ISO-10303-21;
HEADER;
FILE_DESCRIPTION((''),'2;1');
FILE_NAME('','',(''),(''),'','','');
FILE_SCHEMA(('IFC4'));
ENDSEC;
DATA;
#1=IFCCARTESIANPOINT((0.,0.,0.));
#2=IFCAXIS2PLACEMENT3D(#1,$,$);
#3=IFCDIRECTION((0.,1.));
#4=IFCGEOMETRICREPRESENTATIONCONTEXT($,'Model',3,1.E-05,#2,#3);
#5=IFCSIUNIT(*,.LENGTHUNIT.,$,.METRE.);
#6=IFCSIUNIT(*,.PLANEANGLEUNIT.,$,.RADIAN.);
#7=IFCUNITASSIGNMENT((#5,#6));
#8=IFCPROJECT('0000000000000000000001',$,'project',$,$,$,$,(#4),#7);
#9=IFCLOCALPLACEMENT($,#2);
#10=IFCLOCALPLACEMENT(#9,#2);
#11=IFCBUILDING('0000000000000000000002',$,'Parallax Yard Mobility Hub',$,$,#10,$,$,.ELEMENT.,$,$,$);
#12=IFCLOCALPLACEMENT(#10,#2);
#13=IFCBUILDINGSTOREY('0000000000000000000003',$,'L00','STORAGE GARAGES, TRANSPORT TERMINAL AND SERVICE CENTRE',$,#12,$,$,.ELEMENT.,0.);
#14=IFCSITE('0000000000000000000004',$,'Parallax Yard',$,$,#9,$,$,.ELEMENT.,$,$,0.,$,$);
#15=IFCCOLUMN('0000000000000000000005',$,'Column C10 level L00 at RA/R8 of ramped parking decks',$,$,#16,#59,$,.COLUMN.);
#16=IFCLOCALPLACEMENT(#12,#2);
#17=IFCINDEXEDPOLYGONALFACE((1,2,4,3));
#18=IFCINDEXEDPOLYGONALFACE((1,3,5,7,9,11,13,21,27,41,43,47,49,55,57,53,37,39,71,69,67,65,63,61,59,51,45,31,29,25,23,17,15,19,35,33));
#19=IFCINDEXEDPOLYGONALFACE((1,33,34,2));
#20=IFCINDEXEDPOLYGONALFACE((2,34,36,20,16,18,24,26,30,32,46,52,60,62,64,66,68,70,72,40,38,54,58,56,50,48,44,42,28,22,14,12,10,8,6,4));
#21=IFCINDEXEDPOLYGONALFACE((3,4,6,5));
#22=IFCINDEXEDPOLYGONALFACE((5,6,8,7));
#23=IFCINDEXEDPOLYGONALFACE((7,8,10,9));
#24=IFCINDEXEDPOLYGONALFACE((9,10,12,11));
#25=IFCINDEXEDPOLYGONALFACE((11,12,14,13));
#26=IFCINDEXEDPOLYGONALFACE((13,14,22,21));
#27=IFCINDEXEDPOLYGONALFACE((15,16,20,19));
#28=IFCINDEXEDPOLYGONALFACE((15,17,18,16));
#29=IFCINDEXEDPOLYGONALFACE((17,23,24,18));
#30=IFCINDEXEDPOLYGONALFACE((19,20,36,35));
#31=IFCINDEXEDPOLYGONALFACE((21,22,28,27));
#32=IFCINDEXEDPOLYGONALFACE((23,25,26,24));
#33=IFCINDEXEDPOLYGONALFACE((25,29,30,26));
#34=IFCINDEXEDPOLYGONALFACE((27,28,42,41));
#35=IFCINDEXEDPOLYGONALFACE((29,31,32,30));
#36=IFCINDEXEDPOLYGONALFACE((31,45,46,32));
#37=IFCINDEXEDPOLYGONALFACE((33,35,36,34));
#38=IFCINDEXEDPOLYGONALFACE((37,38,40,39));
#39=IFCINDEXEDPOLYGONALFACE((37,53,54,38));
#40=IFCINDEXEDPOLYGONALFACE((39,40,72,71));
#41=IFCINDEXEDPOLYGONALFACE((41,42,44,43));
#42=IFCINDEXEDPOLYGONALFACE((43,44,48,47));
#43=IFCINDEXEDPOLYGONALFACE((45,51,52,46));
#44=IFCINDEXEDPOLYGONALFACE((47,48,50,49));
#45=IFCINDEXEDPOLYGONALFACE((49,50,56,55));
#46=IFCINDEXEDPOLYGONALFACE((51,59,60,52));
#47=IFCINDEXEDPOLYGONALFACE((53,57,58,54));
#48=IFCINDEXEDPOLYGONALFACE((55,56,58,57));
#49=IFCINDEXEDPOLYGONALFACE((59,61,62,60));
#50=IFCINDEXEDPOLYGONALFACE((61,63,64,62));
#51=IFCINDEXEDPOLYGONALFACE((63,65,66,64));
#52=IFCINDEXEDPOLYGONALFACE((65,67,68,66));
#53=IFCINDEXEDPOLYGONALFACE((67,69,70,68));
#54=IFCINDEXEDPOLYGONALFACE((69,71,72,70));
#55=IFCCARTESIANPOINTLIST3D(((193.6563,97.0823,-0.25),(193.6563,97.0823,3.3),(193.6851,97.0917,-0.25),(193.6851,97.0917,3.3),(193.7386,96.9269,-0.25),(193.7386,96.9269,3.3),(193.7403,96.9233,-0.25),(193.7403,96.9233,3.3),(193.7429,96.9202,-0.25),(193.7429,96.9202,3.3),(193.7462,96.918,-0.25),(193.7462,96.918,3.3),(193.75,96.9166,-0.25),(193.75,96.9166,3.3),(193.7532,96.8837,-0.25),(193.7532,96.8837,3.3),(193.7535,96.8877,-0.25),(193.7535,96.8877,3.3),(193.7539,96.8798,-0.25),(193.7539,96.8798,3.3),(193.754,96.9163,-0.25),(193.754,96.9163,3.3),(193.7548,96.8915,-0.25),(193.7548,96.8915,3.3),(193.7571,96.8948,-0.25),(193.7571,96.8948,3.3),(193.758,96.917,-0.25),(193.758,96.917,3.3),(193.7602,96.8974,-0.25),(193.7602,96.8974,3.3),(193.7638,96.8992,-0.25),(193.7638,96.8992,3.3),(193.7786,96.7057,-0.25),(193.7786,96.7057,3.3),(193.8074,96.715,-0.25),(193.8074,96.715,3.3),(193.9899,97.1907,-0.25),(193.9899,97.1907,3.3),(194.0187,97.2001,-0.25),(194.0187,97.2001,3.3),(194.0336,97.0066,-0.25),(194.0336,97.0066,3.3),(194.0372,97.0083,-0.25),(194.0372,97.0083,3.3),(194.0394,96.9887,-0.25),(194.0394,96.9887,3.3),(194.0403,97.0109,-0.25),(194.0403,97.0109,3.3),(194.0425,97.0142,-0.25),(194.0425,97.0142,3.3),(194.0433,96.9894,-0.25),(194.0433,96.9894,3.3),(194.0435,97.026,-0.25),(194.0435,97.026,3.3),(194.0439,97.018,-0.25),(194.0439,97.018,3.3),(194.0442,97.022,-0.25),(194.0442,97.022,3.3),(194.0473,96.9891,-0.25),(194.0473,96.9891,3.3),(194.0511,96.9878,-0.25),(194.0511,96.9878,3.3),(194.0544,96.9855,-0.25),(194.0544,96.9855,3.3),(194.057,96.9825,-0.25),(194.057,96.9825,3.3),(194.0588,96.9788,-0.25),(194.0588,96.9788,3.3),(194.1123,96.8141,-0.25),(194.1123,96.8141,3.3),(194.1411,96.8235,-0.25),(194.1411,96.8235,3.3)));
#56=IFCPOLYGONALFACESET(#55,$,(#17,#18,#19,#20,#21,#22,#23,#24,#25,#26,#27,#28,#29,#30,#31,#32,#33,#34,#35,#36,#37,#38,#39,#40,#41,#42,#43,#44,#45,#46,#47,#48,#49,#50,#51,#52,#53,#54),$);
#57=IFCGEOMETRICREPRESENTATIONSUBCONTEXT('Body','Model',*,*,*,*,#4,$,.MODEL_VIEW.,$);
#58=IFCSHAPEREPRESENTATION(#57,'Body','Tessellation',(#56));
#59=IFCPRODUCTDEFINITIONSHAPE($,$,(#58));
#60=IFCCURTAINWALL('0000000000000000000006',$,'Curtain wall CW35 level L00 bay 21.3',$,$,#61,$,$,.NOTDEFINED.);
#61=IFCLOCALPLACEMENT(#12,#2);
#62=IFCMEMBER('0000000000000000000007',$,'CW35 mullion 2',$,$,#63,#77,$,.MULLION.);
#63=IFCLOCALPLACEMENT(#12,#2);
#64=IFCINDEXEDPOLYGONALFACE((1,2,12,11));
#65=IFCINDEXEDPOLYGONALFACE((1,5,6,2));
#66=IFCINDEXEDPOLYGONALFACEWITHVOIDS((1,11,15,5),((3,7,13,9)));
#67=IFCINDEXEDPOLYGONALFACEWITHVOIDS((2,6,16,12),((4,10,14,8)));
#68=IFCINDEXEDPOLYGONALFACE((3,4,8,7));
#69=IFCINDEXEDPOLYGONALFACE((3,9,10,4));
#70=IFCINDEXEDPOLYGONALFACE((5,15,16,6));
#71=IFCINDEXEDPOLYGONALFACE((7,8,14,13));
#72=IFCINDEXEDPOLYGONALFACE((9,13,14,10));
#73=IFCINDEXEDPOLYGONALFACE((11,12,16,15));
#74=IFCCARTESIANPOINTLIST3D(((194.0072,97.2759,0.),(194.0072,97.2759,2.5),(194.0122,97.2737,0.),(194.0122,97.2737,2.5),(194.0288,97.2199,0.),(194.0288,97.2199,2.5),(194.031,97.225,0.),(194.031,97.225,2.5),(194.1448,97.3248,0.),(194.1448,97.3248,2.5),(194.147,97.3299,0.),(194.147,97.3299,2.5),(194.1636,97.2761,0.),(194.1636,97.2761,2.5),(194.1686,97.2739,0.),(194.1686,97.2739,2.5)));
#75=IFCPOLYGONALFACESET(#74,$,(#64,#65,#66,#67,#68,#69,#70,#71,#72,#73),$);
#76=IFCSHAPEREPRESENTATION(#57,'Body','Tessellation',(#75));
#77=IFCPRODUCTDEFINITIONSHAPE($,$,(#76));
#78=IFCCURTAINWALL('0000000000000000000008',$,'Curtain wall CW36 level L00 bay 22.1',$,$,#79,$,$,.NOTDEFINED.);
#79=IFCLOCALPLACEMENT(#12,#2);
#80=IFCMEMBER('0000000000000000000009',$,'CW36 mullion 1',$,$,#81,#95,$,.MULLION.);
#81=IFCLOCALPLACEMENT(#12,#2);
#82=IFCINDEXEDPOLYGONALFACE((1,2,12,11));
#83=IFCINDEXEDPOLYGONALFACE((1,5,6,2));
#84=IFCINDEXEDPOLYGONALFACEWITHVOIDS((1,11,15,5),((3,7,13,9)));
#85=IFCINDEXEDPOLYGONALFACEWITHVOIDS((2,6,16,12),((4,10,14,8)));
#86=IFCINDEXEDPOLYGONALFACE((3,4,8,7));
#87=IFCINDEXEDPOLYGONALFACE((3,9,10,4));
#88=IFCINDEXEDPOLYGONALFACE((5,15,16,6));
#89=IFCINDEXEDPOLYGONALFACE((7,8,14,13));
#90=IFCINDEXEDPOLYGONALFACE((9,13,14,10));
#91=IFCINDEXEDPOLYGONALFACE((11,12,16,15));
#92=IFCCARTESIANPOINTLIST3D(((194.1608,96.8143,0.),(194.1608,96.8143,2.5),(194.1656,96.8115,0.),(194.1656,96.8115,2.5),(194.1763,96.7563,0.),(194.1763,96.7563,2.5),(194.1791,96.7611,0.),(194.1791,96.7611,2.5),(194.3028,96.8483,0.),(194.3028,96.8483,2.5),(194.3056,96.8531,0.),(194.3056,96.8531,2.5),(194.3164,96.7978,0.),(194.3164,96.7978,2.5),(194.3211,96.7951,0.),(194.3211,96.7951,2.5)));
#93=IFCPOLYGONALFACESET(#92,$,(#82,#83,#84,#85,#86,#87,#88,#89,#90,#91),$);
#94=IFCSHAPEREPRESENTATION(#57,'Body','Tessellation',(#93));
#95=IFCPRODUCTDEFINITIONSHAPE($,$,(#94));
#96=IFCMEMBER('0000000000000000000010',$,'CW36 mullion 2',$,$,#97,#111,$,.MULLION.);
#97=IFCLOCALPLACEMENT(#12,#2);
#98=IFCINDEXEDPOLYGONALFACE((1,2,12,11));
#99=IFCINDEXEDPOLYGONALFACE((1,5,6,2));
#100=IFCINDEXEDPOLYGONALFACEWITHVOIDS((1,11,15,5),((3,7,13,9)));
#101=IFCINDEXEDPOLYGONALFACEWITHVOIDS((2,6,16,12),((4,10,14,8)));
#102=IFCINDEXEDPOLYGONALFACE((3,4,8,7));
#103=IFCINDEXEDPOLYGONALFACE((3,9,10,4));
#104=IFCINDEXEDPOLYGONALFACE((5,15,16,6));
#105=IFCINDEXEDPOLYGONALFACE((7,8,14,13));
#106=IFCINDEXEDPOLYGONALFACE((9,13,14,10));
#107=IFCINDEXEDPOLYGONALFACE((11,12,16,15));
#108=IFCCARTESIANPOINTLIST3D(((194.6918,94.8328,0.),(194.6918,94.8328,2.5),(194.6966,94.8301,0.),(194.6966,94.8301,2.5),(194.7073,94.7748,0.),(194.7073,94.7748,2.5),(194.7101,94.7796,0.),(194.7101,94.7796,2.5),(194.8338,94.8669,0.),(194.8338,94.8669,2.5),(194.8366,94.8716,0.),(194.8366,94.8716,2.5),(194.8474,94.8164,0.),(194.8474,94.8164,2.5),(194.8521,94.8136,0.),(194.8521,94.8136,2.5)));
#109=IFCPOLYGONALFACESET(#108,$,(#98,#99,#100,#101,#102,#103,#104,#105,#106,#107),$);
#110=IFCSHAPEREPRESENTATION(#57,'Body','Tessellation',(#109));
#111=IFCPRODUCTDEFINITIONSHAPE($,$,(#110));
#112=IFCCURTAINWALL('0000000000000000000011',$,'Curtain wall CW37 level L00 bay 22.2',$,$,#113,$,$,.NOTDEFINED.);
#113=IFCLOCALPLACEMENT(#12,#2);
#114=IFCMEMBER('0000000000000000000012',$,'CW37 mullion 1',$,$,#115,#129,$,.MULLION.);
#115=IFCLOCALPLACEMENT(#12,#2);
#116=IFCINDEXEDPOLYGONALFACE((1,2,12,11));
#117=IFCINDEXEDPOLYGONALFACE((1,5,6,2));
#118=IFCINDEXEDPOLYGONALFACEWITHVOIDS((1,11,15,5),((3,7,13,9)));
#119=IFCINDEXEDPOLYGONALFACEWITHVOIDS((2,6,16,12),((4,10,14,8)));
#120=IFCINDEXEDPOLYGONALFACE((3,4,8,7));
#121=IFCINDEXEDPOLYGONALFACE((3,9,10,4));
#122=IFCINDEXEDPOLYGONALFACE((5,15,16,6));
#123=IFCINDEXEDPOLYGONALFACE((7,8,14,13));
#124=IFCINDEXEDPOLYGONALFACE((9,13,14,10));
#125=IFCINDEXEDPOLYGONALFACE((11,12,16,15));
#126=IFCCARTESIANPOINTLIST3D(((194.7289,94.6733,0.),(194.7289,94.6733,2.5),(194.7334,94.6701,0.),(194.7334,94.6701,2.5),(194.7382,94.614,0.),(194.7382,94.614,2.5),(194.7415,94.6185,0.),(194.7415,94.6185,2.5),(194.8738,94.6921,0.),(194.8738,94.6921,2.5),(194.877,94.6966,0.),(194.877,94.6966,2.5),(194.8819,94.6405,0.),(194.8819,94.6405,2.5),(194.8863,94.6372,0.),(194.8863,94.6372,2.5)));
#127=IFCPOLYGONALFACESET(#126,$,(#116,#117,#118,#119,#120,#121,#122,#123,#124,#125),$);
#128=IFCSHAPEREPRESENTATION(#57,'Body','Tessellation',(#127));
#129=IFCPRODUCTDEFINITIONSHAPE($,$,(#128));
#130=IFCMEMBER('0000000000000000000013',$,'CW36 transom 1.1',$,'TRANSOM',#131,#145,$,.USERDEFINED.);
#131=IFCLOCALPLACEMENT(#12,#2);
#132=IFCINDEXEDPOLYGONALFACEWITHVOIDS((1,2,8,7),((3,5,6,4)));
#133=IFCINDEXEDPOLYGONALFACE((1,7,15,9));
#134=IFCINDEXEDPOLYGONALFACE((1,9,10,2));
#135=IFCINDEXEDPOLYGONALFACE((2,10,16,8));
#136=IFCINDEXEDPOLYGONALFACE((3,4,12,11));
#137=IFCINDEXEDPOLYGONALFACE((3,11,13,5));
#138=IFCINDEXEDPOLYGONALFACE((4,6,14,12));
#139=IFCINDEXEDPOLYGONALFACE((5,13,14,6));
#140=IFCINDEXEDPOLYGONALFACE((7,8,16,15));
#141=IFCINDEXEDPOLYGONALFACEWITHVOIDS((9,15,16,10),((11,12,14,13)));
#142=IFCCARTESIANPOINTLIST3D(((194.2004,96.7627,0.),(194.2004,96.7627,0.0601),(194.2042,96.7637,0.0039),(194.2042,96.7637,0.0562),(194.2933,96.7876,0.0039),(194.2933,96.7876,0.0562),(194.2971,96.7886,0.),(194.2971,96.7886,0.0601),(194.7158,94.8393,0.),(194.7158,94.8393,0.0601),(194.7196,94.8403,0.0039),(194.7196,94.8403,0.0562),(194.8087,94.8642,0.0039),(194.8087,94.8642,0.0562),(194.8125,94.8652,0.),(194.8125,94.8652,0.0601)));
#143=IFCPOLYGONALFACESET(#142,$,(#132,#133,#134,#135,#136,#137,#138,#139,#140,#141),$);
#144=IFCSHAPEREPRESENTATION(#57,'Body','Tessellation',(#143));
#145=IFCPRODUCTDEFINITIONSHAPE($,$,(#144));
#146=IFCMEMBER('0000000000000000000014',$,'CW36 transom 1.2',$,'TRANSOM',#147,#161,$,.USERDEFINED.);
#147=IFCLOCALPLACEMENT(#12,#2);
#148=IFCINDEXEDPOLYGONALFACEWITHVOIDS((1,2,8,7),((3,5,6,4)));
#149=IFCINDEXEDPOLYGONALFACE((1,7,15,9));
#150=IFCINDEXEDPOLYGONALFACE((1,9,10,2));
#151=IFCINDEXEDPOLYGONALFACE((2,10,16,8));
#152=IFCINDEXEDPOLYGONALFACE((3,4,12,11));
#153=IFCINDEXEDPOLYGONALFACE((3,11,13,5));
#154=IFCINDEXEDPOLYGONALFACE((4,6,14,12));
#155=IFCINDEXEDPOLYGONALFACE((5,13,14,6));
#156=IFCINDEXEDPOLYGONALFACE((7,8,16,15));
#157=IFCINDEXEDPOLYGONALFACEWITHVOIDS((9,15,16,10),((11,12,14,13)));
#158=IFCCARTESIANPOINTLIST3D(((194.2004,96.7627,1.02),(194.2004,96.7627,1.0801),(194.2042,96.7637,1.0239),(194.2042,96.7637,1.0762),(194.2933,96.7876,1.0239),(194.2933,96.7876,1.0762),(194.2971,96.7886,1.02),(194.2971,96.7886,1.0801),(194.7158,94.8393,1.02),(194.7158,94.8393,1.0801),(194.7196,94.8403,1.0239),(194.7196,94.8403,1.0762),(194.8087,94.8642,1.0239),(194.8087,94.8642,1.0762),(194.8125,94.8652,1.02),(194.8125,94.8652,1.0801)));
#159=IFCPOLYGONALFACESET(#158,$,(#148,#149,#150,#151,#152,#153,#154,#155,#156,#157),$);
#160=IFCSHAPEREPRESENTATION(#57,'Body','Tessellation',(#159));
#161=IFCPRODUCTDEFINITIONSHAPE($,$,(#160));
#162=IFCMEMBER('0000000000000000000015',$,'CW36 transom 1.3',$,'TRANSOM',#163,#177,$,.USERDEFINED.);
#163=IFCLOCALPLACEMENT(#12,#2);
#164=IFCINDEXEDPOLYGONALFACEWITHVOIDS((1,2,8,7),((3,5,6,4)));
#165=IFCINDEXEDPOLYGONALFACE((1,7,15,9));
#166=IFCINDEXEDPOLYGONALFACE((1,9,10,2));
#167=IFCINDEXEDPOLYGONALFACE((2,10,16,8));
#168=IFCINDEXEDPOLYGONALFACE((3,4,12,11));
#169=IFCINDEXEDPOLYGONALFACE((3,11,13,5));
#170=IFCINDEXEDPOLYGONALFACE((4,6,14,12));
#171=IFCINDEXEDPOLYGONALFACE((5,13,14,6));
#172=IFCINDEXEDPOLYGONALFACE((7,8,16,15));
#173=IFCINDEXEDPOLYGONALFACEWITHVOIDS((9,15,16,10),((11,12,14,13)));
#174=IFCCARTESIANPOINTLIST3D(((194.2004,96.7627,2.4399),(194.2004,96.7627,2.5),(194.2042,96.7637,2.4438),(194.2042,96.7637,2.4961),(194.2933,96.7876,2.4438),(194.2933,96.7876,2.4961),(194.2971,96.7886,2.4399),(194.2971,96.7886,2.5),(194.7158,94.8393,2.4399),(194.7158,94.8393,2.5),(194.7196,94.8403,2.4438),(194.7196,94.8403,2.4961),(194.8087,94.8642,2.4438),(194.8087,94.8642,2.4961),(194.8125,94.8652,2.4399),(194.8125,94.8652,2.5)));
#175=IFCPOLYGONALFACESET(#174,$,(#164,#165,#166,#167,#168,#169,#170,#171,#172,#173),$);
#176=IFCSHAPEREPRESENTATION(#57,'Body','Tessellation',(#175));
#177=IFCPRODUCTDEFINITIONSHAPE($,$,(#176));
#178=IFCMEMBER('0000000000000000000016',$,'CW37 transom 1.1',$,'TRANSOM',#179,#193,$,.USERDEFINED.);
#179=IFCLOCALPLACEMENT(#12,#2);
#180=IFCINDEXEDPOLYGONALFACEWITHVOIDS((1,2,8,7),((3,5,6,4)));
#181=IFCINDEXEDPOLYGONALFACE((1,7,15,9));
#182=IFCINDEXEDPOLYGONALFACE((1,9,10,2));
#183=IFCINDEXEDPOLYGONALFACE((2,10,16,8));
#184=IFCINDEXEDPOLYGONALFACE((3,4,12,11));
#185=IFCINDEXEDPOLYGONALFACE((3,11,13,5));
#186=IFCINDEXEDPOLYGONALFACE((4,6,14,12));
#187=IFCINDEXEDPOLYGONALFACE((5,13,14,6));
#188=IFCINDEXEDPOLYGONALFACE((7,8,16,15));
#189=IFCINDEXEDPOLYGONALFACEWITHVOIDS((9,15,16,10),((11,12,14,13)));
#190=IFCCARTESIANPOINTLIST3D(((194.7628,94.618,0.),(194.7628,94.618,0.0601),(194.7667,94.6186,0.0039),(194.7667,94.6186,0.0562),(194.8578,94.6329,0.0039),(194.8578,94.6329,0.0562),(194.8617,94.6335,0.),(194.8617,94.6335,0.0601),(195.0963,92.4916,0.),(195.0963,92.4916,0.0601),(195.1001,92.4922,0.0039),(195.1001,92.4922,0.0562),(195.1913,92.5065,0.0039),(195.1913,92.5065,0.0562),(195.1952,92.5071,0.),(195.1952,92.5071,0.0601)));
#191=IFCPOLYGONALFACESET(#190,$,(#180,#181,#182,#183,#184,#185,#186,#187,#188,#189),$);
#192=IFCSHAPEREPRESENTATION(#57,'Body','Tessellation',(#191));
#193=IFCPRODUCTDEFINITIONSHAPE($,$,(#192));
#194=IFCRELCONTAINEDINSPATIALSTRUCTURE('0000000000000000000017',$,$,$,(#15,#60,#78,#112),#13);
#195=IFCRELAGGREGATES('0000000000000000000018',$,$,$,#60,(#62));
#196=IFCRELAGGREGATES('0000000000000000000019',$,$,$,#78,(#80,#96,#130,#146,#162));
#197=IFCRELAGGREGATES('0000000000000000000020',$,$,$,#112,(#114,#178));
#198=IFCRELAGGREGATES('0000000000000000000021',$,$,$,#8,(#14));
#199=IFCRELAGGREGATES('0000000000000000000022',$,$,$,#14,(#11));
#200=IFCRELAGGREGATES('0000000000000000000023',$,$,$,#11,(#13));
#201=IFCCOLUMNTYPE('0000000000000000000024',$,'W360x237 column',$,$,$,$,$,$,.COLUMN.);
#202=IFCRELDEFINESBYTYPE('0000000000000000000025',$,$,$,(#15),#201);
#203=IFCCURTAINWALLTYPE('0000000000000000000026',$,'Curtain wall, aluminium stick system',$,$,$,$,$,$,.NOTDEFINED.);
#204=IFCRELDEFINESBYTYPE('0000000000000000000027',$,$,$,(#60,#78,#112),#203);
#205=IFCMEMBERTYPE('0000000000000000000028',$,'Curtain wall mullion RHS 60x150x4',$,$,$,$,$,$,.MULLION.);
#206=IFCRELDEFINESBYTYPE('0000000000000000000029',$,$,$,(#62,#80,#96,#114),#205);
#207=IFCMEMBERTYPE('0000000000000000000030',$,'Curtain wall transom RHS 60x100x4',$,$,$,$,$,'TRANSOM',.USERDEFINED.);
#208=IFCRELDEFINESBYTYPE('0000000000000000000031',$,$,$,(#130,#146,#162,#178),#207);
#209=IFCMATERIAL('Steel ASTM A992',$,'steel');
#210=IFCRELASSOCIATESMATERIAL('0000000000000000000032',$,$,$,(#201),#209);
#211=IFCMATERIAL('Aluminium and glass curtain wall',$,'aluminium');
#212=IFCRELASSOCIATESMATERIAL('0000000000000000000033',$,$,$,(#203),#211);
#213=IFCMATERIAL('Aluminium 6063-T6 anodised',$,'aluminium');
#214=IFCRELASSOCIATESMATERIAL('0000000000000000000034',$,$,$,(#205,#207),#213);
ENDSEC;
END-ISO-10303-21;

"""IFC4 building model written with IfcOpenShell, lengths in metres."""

from ifc_helpers import new_model, si_unit, direction, frame, origin, origin_2d, place, context, subcontext, project, spatial, hollow_rectangle, i_section, extrude, material, material_profile, profile_set, type_object, element, aggregate, save


model = new_model("IFC4")

# Units and contexts
model_context = context("Model", 3, precision=1e-05, world=origin(), true_north=direction((0.0, 1.0)))
body_context = subcontext(model_context, "Body", "Model", "MODEL_VIEW")
ifc_project = project(units=[si_unit("LENGTHUNIT", "METRE"), si_unit("PLANEANGLEUNIT", "RADIAN")], contexts=[model_context])

# Site, building, storey
site_placement = place(None, origin())
site = spatial("IfcSite", under=ifc_project, at=site_placement, Name="Parallax Yard", CompositionType="ELEMENT", RefElevation=0.0)
building_placement = place(site_placement, origin())
building = spatial("IfcBuilding", under=site, at=building_placement, Name="Parallax Yard Mobility Hub", CompositionType="ELEMENT")
storey_placement = place(building_placement, origin())
storey = spatial("IfcBuildingStorey", under=building, at=storey_placement, Name="L00", Description="STORAGE GARAGES, TRANSPORT TERMINAL AND SERVICE CENTRE", CompositionType="ELEMENT", Elevation=0.0)

# Column
ifc_material_1 = material(Name="Steel ASTM A992", Category="steel")
ifc_material_profile_1 = material_profile(ifc_material_1, i_section(OverallWidth=0.396, OverallDepth=0.3811, WebThickness=0.0188, FlangeThickness=0.0303, FilletRadius=0.0154, at=origin_2d()), Name="W360x237")
ifc_profile_set_1 = profile_set([ifc_material_profile_1], Name="Steel ASTM A992")
column_type_1 = type_object("IfcColumnType", Name="W360x237 column", PredefinedType="COLUMN", material=ifc_profile_set_1)
column_1_placement = place(storey_placement, frame((193.8987, 96.9529, -0.25), z_axis=(0.0, 0.0, 1.0), x_axis=(-0.309017, 0.951057, 0.0)))
element("IfcColumn", 1, at=column_1_placement, inside=storey, type_object=column_type_1, Name="Column C10 level L00 at RA/R8 of ramped parking decks", PredefinedType="COLUMN", context=body_context, shape_type="SweptSolid", body=[
    extrude(i_section(OverallWidth=0.396, OverallDepth=0.3811, WebThickness=0.0188, FlangeThickness=0.0303, FilletRadius=0.0154, at=origin_2d()), origin(), (0.0, 0.0, 1.0), 3.55),
])

# Curtain wall, member
ifc_material_2 = material(Name="Aluminium and glass curtain wall", Category="aluminium")
curtain_wall_type = type_object("IfcCurtainWallType", Name="Curtain wall, aluminium stick system", PredefinedType="NOTDEFINED", material=ifc_material_2)
curtain_wall_1_placement = place(storey_placement, origin())
curtain_wall_1 = element("IfcCurtainWall", 2, at=curtain_wall_1_placement, inside=storey, type_object=curtain_wall_type, Name="Curtain wall CW35 level L00 bay 21.3", PredefinedType="NOTDEFINED")
ifc_material_3 = material(Name="Aluminium 6063-T6 anodised", Category="aluminium")
ifc_material_profile_2 = material_profile(ifc_material_3, hollow_rectangle(XDim=0.1499, YDim=0.0601, WallThickness=0.0039, at=origin_2d()), Name="RHS 60x150x4")
ifc_profile_set_2 = profile_set([ifc_material_profile_2], Name="Aluminium 6063-T6 anodised")
member_type_1 = type_object("IfcMemberType", Name="Curtain wall mullion RHS 60x150x4", PredefinedType="MULLION", material=ifc_profile_set_2)
member_1_placement = place(storey_placement, frame((194.0879, 97.2749, 0.0), z_axis=(0.0, 0.0, 1.0), x_axis=(0.932984, 0.359918, 0.0)))
member_1 = element("IfcMember", 3, at=member_1_placement, type_object=member_type_1, Name="CW35 mullion 2", PredefinedType="MULLION", context=body_context, shape_type="SweptSolid", body=[
    extrude(hollow_rectangle(XDim=0.1499, YDim=0.0601, WallThickness=0.0039, at=origin_2d()), origin(), (0.0, 0.0, 1.0), 2.5),
])

# Curtain wall, members
curtain_wall_2_placement = place(storey_placement, origin())
curtain_wall_2 = element("IfcCurtainWall", 4, at=curtain_wall_2_placement, inside=storey, type_object=curtain_wall_type, Name="Curtain wall CW36 level L00 bay 22.1", PredefinedType="NOTDEFINED")
member_2_placement = place(storey_placement, frame((194.241, 96.8047, 0.0), z_axis=(0.0, 0.0, 1.0), x_axis=(0.965921, 0.258839, 0.0)))
member_2 = element("IfcMember", 5, at=member_2_placement, type_object=member_type_1, Name="CW36 mullion 1", PredefinedType="MULLION", context=body_context, shape_type="SweptSolid", body=[
    extrude(hollow_rectangle(XDim=0.1499, YDim=0.0601, WallThickness=0.0039, at=origin_2d()), origin(), (0.0, 0.0, 1.0), 2.5),
])
member_3_placement = place(storey_placement, frame((194.772, 94.8232, 0.0), z_axis=(0.0, 0.0, 1.0), x_axis=(0.965921, 0.258839, 0.0)))
member_3 = element("IfcMember", 6, at=member_3_placement, type_object=member_type_1, Name="CW36 mullion 2", PredefinedType="MULLION", context=body_context, shape_type="SweptSolid", body=[
    extrude(hollow_rectangle(XDim=0.1499, YDim=0.0601, WallThickness=0.0039, at=origin_2d()), origin(), (0.0, 0.0, 1.0), 2.5),
])

# Curtain wall, member
curtain_wall_3_placement = place(storey_placement, origin())
curtain_wall_3 = element("IfcCurtainWall", 7, at=curtain_wall_3_placement, inside=storey, type_object=curtain_wall_type, Name="Curtain wall CW37 level L00 bay 22.2", PredefinedType="NOTDEFINED")
member_4_placement = place(storey_placement, frame((194.8076, 94.6553, 0.0), z_axis=(0.0, 0.0, 1.0), x_axis=(0.987924, 0.154937, 0.0)))
member_4 = element("IfcMember", 8, at=member_4_placement, type_object=member_type_1, Name="CW37 mullion 1", PredefinedType="MULLION", context=body_context, shape_type="SweptSolid", body=[
    extrude(hollow_rectangle(XDim=0.1499, YDim=0.0601, WallThickness=0.0039, at=origin_2d()), origin(), (0.0, 0.0, 1.0), 2.5),
])

# Members
ifc_material_profile_3 = material_profile(ifc_material_3, hollow_rectangle(XDim=0.1001, YDim=0.0601, WallThickness=0.0039, at=origin_2d()), Name="RHS 60x100x4")
ifc_profile_set_3 = profile_set([ifc_material_profile_3], Name="Aluminium 6063-T6 anodised")
member_type_2 = type_object("IfcMemberType", Name="Curtain wall transom RHS 60x100x4", ElementType="TRANSOM", PredefinedType="USERDEFINED", material=ifc_profile_set_3)
member_5_placement = place(storey_placement, frame((194.2488, 96.7756, 0.03), z_axis=(0.25883, -0.965923, 0.0), x_axis=(0.965923, 0.25883, 0.0)))
member_5 = element("IfcMember", 9, at=member_5_placement, type_object=member_type_2, Name="CW36 transom 1.1", ObjectType="TRANSOM", PredefinedType="USERDEFINED", context=body_context, shape_type="SweptSolid", body=[
    extrude(hollow_rectangle(XDim=0.1001, YDim=0.0601, WallThickness=0.0039, at=origin_2d()), origin(), (0.0, 0.0, 1.0), 1.9912),
])
member_6_placement = place(storey_placement, frame((194.2488, 96.7756, 1.05), z_axis=(0.25883, -0.965923, 0.0), x_axis=(0.965923, 0.25883, 0.0)))
member_6 = element("IfcMember", 10, at=member_6_placement, type_object=member_type_2, Name="CW36 transom 1.2", ObjectType="TRANSOM", PredefinedType="USERDEFINED", context=body_context, shape_type="SweptSolid", body=[
    extrude(hollow_rectangle(XDim=0.1001, YDim=0.0601, WallThickness=0.0039, at=origin_2d()), origin(), (0.0, 0.0, 1.0), 1.9912),
])
member_7_placement = place(storey_placement, frame((194.2488, 96.7756, 2.47), z_axis=(0.25883, -0.965923, 0.0), x_axis=(0.965923, 0.25883, 0.0)))
member_7 = element("IfcMember", 11, at=member_7_placement, type_object=member_type_2, Name="CW36 transom 1.3", ObjectType="TRANSOM", PredefinedType="USERDEFINED", context=body_context, shape_type="SweptSolid", body=[
    extrude(hollow_rectangle(XDim=0.1001, YDim=0.0601, WallThickness=0.0039, at=origin_2d()), origin(), (0.0, 0.0, 1.0), 1.9912),
])
member_8_placement = place(storey_placement, frame((194.8123, 94.6257, 0.03), z_axis=(0.154937, -0.987924, 0.0), x_axis=(0.987924, 0.154937, 0.0)))
member_8 = element("IfcMember", 12, at=member_8_placement, type_object=member_type_2, Name="CW37 transom 1.1", ObjectType="TRANSOM", PredefinedType="USERDEFINED", context=body_context, shape_type="SweptSolid", body=[
    extrude(hollow_rectangle(XDim=0.1001, YDim=0.0601, WallThickness=0.0039, at=origin_2d()), origin(), (0.0, 0.0, 1.0), 2.1523),
])

aggregate(curtain_wall_1, [member_1])
aggregate(curtain_wall_2, [member_2, member_3, member_5, member_6, member_7])
aggregate(curtain_wall_3, [member_4, member_8])

save(model, "model.ifc")
